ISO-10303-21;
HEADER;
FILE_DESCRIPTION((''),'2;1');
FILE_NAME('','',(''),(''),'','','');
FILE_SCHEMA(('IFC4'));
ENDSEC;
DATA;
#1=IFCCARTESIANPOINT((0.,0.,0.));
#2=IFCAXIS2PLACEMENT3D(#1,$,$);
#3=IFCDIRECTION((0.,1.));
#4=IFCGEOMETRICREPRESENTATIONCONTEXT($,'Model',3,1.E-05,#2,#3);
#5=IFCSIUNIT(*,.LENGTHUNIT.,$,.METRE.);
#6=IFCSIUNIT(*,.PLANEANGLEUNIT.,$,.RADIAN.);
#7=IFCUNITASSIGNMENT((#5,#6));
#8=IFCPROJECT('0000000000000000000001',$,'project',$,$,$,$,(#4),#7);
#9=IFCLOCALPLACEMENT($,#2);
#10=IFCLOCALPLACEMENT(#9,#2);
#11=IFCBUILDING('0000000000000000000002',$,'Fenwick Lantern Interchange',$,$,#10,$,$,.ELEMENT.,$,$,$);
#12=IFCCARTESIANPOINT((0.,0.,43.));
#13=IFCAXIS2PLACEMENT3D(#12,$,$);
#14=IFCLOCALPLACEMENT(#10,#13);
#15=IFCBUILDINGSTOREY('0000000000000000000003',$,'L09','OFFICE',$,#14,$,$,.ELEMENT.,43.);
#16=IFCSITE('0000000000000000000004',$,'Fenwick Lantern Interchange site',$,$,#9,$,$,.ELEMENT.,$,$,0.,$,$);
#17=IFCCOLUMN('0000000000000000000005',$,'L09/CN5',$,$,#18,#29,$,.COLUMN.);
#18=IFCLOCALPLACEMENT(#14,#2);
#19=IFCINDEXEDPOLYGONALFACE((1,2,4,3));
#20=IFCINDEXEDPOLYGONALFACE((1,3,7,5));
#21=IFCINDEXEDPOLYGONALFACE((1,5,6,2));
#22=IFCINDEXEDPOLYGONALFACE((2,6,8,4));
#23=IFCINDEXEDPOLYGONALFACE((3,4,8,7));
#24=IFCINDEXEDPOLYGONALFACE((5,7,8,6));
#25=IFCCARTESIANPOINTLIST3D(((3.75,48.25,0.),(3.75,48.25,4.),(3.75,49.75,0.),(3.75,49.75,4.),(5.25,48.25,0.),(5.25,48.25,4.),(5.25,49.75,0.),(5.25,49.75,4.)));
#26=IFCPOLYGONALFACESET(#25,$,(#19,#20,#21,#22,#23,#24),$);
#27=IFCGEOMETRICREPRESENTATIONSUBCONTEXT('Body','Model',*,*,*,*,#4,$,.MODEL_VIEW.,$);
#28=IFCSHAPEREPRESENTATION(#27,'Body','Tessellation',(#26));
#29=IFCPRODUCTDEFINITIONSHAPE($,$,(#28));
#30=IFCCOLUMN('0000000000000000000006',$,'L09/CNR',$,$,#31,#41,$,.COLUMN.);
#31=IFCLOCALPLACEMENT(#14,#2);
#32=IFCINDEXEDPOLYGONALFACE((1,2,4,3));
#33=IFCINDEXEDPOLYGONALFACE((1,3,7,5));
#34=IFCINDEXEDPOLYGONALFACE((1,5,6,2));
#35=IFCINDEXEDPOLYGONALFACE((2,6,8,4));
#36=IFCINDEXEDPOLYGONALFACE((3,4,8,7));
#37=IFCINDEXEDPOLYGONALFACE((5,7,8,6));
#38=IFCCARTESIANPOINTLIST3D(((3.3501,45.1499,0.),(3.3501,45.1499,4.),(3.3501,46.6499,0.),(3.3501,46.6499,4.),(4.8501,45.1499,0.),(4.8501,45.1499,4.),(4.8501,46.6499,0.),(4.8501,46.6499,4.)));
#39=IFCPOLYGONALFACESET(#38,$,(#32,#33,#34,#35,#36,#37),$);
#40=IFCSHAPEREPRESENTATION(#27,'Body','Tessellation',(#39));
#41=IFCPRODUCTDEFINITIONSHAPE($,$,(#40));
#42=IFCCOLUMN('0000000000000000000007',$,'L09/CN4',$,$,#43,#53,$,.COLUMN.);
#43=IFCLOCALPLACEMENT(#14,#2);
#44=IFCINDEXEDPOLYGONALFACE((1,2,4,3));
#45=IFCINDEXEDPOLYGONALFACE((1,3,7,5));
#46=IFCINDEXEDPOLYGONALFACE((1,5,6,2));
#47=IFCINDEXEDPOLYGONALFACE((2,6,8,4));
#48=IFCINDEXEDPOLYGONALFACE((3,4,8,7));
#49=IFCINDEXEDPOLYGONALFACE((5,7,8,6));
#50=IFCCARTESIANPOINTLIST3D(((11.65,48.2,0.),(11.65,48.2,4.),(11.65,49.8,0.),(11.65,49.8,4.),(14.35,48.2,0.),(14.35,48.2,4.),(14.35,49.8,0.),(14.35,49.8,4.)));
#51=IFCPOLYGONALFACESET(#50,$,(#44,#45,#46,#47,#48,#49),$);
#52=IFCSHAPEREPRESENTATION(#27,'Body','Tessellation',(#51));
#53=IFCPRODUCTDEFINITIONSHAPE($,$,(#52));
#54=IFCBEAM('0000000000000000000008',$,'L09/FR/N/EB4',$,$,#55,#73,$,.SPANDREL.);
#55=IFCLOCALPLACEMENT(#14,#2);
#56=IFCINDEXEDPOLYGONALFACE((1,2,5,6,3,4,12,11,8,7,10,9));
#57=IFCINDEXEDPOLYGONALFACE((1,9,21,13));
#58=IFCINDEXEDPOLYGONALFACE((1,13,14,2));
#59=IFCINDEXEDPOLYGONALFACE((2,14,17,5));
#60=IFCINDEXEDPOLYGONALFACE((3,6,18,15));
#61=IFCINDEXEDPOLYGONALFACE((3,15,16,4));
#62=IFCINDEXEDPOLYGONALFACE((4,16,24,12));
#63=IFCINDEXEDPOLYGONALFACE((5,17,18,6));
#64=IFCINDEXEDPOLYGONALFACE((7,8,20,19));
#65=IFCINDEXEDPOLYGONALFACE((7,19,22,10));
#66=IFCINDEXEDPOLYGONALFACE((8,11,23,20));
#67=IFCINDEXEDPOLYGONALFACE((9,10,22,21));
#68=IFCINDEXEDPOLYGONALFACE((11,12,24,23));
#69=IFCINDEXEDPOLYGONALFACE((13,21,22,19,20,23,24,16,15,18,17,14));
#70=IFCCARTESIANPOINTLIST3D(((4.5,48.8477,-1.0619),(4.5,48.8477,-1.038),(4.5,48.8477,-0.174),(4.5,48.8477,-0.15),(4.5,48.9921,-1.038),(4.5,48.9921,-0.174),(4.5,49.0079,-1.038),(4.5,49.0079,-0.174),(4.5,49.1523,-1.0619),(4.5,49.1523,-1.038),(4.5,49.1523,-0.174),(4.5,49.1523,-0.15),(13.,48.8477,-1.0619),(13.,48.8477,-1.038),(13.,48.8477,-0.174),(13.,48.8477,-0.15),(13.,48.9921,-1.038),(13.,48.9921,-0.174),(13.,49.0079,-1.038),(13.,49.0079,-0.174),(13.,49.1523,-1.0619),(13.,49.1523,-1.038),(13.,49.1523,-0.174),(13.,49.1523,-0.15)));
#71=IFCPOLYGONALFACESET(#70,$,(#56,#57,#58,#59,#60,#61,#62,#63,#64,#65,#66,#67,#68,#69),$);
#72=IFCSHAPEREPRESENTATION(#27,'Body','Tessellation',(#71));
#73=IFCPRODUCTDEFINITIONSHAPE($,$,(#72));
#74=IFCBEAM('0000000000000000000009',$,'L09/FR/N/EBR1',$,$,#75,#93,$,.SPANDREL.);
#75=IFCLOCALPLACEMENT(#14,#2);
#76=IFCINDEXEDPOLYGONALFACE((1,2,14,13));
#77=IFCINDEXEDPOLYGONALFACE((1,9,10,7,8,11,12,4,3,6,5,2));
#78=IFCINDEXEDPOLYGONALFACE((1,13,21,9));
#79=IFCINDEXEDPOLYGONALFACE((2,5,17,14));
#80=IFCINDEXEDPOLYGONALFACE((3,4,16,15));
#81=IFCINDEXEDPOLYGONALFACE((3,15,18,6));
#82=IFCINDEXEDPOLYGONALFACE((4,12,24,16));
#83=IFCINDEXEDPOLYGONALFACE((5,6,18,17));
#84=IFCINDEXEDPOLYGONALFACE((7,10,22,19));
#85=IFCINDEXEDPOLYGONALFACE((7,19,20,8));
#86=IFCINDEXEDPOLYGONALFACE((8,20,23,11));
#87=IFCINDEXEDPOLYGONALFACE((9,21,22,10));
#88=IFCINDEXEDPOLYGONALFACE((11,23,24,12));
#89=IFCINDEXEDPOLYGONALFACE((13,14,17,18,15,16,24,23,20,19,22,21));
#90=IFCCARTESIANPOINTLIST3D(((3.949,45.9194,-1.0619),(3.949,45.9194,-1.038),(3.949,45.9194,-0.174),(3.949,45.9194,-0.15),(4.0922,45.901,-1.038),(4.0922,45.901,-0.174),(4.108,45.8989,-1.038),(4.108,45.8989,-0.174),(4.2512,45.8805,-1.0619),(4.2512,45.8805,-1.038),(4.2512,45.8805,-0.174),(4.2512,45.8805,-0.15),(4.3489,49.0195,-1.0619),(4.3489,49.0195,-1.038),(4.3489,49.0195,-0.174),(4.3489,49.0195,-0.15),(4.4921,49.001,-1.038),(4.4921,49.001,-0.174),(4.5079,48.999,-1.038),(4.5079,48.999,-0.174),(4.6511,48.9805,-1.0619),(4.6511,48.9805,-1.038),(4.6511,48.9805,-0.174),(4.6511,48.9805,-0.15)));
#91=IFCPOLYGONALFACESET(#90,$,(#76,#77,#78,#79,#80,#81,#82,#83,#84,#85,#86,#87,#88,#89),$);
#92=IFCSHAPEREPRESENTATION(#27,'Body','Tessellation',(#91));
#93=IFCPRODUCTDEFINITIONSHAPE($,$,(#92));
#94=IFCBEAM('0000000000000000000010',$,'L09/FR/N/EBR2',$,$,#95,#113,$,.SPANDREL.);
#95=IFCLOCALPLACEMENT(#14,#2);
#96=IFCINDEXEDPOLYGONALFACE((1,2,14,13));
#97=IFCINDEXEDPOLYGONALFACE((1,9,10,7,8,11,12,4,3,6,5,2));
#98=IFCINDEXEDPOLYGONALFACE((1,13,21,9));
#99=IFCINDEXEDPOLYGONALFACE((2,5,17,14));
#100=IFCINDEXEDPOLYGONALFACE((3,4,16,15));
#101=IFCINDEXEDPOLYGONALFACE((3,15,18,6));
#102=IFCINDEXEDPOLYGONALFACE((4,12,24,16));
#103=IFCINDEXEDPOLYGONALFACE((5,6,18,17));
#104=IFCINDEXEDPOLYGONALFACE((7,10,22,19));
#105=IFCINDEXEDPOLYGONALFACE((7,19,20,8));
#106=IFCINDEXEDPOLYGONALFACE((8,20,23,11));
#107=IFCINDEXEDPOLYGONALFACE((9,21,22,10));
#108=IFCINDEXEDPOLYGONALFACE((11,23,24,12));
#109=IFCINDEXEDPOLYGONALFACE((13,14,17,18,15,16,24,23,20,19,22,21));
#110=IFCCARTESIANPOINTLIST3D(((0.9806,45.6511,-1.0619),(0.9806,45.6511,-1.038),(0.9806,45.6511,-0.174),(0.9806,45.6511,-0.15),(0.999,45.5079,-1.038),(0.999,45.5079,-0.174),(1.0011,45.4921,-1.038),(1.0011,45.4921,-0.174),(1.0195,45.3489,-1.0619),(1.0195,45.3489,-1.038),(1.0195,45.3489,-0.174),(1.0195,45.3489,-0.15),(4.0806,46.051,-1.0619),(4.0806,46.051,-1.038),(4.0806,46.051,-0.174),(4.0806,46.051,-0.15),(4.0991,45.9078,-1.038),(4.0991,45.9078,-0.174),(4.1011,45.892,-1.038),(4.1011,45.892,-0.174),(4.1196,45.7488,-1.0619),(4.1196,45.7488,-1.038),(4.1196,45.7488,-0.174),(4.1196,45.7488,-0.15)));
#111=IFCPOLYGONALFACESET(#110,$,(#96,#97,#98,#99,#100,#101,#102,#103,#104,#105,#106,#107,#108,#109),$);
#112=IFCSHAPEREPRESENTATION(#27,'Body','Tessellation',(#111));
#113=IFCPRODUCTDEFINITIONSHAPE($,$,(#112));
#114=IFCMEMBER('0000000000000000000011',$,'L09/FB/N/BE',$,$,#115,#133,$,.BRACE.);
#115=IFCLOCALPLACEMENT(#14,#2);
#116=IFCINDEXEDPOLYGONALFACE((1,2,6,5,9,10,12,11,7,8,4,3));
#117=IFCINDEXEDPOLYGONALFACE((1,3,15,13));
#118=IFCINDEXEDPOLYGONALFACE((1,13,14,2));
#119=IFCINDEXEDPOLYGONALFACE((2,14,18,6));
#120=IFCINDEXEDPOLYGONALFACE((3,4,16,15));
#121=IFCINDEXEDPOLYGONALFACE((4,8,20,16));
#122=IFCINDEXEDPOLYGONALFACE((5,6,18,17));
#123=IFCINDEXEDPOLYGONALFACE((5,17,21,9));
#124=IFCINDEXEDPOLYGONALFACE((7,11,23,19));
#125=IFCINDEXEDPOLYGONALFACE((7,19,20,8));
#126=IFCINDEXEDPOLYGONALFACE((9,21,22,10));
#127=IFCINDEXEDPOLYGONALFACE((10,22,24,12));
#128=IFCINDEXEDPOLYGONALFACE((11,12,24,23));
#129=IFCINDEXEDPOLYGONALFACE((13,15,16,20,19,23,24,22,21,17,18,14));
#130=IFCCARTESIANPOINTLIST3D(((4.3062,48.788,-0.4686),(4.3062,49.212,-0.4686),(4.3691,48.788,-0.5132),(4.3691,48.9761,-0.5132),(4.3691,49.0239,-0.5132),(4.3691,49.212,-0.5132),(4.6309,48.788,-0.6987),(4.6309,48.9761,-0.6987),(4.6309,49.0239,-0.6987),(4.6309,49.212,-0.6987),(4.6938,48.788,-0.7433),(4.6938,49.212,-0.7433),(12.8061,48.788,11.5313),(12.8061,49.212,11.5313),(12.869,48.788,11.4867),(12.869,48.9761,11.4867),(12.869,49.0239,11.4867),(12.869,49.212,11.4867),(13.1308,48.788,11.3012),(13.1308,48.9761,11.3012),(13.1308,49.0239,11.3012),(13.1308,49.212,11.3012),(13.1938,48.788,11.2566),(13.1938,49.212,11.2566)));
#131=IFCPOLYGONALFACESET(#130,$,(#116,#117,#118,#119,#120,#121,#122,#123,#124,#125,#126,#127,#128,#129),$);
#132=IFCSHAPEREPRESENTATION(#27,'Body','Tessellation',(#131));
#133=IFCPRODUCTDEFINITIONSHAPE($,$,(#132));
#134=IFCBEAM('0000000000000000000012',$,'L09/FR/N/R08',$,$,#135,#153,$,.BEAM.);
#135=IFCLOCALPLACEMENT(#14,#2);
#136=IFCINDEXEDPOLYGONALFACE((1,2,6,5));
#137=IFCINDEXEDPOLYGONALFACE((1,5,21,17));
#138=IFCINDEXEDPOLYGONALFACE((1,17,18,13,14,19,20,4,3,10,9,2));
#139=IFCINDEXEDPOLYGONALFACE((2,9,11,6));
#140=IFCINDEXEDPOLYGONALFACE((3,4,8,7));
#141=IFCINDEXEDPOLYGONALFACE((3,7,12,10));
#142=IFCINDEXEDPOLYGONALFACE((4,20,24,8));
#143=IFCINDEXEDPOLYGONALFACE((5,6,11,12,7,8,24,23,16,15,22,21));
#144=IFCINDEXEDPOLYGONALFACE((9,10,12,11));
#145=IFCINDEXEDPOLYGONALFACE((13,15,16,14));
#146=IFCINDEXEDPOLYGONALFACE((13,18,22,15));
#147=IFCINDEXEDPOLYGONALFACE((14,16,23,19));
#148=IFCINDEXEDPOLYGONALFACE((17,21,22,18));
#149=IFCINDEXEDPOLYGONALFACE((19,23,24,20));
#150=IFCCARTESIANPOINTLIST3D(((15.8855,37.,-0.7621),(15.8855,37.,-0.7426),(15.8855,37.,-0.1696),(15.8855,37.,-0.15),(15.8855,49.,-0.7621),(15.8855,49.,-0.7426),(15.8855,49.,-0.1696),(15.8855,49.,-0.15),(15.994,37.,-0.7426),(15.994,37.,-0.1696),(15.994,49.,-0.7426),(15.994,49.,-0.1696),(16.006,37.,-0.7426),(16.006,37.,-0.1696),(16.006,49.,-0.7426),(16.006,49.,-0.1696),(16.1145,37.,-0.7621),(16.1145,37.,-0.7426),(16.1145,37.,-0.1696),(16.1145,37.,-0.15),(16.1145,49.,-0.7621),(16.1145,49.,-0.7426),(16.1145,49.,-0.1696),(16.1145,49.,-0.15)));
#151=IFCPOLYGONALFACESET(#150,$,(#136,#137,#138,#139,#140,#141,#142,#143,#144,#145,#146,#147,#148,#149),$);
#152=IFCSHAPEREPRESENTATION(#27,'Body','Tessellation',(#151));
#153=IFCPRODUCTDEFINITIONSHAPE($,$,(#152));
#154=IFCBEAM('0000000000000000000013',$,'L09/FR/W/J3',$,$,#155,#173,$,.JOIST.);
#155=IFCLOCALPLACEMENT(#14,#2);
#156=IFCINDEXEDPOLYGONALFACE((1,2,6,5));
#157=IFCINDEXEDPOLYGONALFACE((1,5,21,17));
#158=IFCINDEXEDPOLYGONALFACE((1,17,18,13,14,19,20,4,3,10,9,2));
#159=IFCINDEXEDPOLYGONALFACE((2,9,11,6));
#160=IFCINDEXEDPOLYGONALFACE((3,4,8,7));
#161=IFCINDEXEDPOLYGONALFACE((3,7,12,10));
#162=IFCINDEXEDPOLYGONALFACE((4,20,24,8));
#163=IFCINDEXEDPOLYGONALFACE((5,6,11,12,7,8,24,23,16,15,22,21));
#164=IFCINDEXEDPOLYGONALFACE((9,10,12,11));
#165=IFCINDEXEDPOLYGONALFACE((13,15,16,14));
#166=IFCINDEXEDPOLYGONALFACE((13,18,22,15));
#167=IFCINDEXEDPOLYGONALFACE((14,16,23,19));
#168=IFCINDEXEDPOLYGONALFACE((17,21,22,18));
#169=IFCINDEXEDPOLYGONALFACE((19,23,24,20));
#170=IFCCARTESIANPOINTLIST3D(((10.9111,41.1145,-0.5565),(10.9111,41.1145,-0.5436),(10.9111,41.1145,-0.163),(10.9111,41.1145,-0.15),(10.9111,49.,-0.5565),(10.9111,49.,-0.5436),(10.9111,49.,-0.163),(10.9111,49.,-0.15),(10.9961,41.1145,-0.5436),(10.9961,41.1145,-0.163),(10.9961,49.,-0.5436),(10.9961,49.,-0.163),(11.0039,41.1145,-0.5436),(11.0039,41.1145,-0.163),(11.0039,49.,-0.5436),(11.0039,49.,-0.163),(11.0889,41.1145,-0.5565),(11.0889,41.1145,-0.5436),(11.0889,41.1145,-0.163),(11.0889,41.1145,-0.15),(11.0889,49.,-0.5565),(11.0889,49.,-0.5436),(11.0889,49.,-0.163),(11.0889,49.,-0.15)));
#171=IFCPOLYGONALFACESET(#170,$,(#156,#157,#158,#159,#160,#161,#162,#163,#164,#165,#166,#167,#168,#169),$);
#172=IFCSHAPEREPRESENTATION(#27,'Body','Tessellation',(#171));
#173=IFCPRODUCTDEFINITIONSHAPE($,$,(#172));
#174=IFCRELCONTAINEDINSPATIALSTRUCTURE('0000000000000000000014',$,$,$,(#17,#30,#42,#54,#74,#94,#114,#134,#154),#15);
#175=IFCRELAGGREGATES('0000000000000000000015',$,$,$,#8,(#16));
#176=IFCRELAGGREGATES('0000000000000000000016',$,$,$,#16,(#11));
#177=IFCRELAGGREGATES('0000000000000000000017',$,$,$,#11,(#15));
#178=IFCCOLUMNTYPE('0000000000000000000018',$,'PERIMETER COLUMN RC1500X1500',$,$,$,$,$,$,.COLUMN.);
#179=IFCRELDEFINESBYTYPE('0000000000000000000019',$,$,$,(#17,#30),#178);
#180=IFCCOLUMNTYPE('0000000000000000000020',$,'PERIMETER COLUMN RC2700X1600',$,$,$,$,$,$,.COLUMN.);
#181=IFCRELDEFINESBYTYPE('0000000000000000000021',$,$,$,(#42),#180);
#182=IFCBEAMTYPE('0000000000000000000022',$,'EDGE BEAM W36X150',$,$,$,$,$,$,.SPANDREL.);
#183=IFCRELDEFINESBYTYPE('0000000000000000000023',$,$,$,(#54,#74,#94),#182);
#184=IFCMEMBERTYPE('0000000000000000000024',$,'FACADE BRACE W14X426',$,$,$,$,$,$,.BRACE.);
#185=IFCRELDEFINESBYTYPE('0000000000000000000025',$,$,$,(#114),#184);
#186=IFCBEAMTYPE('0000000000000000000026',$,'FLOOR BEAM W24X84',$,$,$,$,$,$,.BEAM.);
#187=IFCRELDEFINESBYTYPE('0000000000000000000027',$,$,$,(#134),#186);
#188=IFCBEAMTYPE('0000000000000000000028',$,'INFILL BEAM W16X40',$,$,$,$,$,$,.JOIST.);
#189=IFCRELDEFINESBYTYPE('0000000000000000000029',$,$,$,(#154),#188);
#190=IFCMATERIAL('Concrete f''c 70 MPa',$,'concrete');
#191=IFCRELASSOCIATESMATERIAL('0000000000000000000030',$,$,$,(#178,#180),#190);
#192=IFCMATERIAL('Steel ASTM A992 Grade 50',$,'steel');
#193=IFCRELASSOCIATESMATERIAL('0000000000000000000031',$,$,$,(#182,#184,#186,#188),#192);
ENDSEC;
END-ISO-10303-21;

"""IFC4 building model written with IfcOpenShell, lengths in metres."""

from ifc_helpers import new_model, si_unit, direction, frame, origin, origin_2d, place, context, subcontext, project, spatial, rectangle, i_section, extrude, material, material_profile, profile_set, type_object, element, save


model = new_model("IFC4")

# Units and contexts
model_context = context("Model", 3, precision=1e-05, world=origin(), true_north=direction((0.0, 1.0)))
body_context = subcontext(model_context, "Body", "Model", "MODEL_VIEW")
ifc_project = project(units=[si_unit("LENGTHUNIT", "METRE"), si_unit("PLANEANGLEUNIT", "RADIAN")], contexts=[model_context])

# Site, building, storey
site_placement = place(None, origin())
site = spatial("IfcSite", under=ifc_project, at=site_placement, Name="Fenwick Lantern Interchange site", CompositionType="ELEMENT", RefElevation=0.0)
building_placement = place(site_placement, origin())
building = spatial("IfcBuilding", under=site, at=building_placement, Name="Fenwick Lantern Interchange", CompositionType="ELEMENT")
storey_placement = place(building_placement, frame((0.0, 0.0, 43.0)))
storey = spatial("IfcBuildingStorey", under=building, at=storey_placement, Name="L09", Description="OFFICE", CompositionType="ELEMENT", Elevation=43.0)

# Columns
ifc_material_1 = material(Name="Concrete f'c 70 MPa", Category="concrete")
ifc_material_profile_1 = material_profile(ifc_material_1, rectangle(XDim=1.5, YDim=1.5, at=origin_2d()), Name="RC1500X1500")
ifc_profile_set_1 = profile_set([ifc_material_profile_1], Name="Concrete f'c 70 MPa")
column_type_1 = type_object("IfcColumnType", Name="PERIMETER COLUMN RC1500X1500", PredefinedType="COLUMN", material=ifc_profile_set_1)
for number, where, z_axis, x_axis, name in (
    (1, (4.5, 49.0, 0.0), (0.0, 0.0, 1.0), (1.0, 0.0, 0.0), "L09/CN5"),
    (2, (4.1001, 45.8999, 0.0), (0.0, 0.0, 1.0), (1.0, 0.0, 0.0), "L09/CNR"),
):
    element("IfcColumn", number, at=place(storey_placement, frame(where, z_axis=z_axis, x_axis=x_axis)), inside=storey, type_object=column_type_1, Name=name, PredefinedType="COLUMN", context=body_context, shape_type="SweptSolid", body=[
        extrude(rectangle(XDim=1.5, YDim=1.5, at=origin_2d()), origin(), (0.0, 0.0, 1.0), 4.0),
    ])
ifc_material_profile_2 = material_profile(ifc_material_1, rectangle(XDim=2.7, YDim=1.6001, at=origin_2d()), Name="RC2700X1600")
ifc_profile_set_2 = profile_set([ifc_material_profile_2], Name="Concrete f'c 70 MPa")
column_type_2 = type_object("IfcColumnType", Name="PERIMETER COLUMN RC2700X1600", PredefinedType="COLUMN", material=ifc_profile_set_2)
column_placement = place(storey_placement, frame((13.0, 49.0, 0.0), z_axis=(0.0, 0.0, 1.0), x_axis=(1.0, 0.0, 0.0)))
element("IfcColumn", 3, at=column_placement, inside=storey, type_object=column_type_2, Name="L09/CN4", PredefinedType="COLUMN", context=body_context, shape_type="SweptSolid", body=[
    extrude(rectangle(XDim=2.7, YDim=1.6001, at=origin_2d()), origin(), (0.0, 0.0, 1.0), 4.0),
])

# Beams
ifc_material_2 = material(Name="Steel ASTM A992 Grade 50", Category="steel")
ifc_material_profile_3 = material_profile(ifc_material_2, i_section(OverallWidth=0.3047, OverallDepth=0.9119, WebThickness=0.0159, FlangeThickness=0.0239, at=origin_2d()), Name="W36X150")
ifc_profile_set_3 = profile_set([ifc_material_profile_3], Name="Steel ASTM A992 Grade 50")
beam_type_1 = type_object("IfcBeamType", Name="EDGE BEAM W36X150", PredefinedType="SPANDREL", material=ifc_profile_set_3)
beam_1_placement = place(storey_placement, frame((13.0, 49.0, -0.606), z_axis=(-1.0, 0.0, 0.0), x_axis=(0.0, -1.0, 0.0)))
element("IfcBeam", 4, at=beam_1_placement, inside=storey, type_object=beam_type_1, Name="L09/FR/N/EB4", PredefinedType="SPANDREL", context=body_context, shape_type="SweptSolid", body=[
    extrude(i_section(OverallWidth=0.3047, OverallDepth=0.9119, WebThickness=0.0159, FlangeThickness=0.0239, at=origin_2d()), origin(), (0.0, 0.0, 1.0), 8.5),
])
for number, where, z_axis, x_axis, name in (
    (5, (4.5, 49.0, -0.606), (-0.127937, -0.991782, 0.0), (0.991782, -0.127937, 0.0), "L09/FR/N/EBR1"),
    (6, (4.1001, 45.8999, -0.606), (-0.991782, -0.127937, 0.0), (0.127937, -0.991782, 0.0), "L09/FR/N/EBR2"),
):
    element("IfcBeam", number, at=place(storey_placement, frame(where, z_axis=z_axis, x_axis=x_axis)), inside=storey, type_object=beam_type_1, Name=name, PredefinedType="SPANDREL", context=body_context, shape_type="SweptSolid", body=[
        extrude(i_section(OverallWidth=0.3047, OverallDepth=0.9119, WebThickness=0.0159, FlangeThickness=0.0239, at=origin_2d()), origin(), (0.0, 0.0, 1.0), 3.1257),
    ])

# Member
ifc_material_profile_4 = material_profile(ifc_material_2, i_section(OverallWidth=0.4241, OverallDepth=0.4751, WebThickness=0.0479, FlangeThickness=0.0771, at=origin_2d()), Name="W14X426")
ifc_profile_set_4 = profile_set([ifc_material_profile_4], Name="Steel ASTM A992 Grade 50")
member_type_1 = type_object("IfcMemberType", Name="FACADE BRACE W14X426", PredefinedType="BRACE", material=ifc_profile_set_4)
member_1_placement = place(storey_placement, frame((4.5, 49.0, -0.606), z_axis=(0.578017, 0.0, 0.816024), x_axis=(0.0, 1.0, 0.0)))
element("IfcMember", 7, at=member_1_placement, inside=storey, type_object=member_type_1, Name="L09/FB/N/BE", PredefinedType="BRACE", context=body_context, shape_type="SweptSolid", body=[
    extrude(i_section(OverallWidth=0.4241, OverallDepth=0.4751, WebThickness=0.0479, FlangeThickness=0.0771, at=origin_2d()), origin(), (0.0, 0.0, 1.0), 14.7053),
])

# Beams
ifc_material_profile_5 = material_profile(ifc_material_2, i_section(OverallWidth=0.229, OverallDepth=0.6121, WebThickness=0.012, FlangeThickness=0.0195, at=origin_2d()), Name="W24X84")
ifc_profile_set_5 = profile_set([ifc_material_profile_5], Name="Steel ASTM A992 Grade 50")
beam_type_2 = type_object("IfcBeamType", Name="FLOOR BEAM W24X84", PredefinedType="BEAM", material=ifc_profile_set_5)
beam_2_placement = place(storey_placement, frame((16.0, 49.0, -0.4561), z_axis=(0.0, -1.0, 0.0), x_axis=(1.0, 0.0, 0.0)))
element("IfcBeam", 8, at=beam_2_placement, inside=storey, type_object=beam_type_2, Name="L09/FR/N/R08", PredefinedType="BEAM", context=body_context, shape_type="SweptSolid", body=[
    extrude(i_section(OverallWidth=0.229, OverallDepth=0.6121, WebThickness=0.012, FlangeThickness=0.0195, at=origin_2d()), origin(), (0.0, 0.0, 1.0), 12.0),
])
ifc_material_profile_6 = material_profile(ifc_material_2, i_section(OverallWidth=0.1777, OverallDepth=0.4065, WebThickness=0.0078, FlangeThickness=0.0129, at=origin_2d()), Name="W16X40")
ifc_profile_set_6 = profile_set([ifc_material_profile_6], Name="Steel ASTM A992 Grade 50")
beam_type_3 = type_object("IfcBeamType", Name="INFILL BEAM W16X40", PredefinedType="JOIST", material=ifc_profile_set_6)
beam_3_placement = place(storey_placement, frame((11.0, 49.0, -0.3533), z_axis=(0.0, -1.0, 0.0), x_axis=(1.0, 0.0, 0.0)))
element("IfcBeam", 9, at=beam_3_placement, inside=storey, type_object=beam_type_3, Name="L09/FR/W/J3", PredefinedType="JOIST", context=body_context, shape_type="SweptSolid", body=[
    extrude(i_section(OverallWidth=0.1777, OverallDepth=0.4065, WebThickness=0.0078, FlangeThickness=0.0129, at=origin_2d()), origin(), (0.0, 0.0, 1.0), 7.8855),
])

save(model, "model.ifc")
